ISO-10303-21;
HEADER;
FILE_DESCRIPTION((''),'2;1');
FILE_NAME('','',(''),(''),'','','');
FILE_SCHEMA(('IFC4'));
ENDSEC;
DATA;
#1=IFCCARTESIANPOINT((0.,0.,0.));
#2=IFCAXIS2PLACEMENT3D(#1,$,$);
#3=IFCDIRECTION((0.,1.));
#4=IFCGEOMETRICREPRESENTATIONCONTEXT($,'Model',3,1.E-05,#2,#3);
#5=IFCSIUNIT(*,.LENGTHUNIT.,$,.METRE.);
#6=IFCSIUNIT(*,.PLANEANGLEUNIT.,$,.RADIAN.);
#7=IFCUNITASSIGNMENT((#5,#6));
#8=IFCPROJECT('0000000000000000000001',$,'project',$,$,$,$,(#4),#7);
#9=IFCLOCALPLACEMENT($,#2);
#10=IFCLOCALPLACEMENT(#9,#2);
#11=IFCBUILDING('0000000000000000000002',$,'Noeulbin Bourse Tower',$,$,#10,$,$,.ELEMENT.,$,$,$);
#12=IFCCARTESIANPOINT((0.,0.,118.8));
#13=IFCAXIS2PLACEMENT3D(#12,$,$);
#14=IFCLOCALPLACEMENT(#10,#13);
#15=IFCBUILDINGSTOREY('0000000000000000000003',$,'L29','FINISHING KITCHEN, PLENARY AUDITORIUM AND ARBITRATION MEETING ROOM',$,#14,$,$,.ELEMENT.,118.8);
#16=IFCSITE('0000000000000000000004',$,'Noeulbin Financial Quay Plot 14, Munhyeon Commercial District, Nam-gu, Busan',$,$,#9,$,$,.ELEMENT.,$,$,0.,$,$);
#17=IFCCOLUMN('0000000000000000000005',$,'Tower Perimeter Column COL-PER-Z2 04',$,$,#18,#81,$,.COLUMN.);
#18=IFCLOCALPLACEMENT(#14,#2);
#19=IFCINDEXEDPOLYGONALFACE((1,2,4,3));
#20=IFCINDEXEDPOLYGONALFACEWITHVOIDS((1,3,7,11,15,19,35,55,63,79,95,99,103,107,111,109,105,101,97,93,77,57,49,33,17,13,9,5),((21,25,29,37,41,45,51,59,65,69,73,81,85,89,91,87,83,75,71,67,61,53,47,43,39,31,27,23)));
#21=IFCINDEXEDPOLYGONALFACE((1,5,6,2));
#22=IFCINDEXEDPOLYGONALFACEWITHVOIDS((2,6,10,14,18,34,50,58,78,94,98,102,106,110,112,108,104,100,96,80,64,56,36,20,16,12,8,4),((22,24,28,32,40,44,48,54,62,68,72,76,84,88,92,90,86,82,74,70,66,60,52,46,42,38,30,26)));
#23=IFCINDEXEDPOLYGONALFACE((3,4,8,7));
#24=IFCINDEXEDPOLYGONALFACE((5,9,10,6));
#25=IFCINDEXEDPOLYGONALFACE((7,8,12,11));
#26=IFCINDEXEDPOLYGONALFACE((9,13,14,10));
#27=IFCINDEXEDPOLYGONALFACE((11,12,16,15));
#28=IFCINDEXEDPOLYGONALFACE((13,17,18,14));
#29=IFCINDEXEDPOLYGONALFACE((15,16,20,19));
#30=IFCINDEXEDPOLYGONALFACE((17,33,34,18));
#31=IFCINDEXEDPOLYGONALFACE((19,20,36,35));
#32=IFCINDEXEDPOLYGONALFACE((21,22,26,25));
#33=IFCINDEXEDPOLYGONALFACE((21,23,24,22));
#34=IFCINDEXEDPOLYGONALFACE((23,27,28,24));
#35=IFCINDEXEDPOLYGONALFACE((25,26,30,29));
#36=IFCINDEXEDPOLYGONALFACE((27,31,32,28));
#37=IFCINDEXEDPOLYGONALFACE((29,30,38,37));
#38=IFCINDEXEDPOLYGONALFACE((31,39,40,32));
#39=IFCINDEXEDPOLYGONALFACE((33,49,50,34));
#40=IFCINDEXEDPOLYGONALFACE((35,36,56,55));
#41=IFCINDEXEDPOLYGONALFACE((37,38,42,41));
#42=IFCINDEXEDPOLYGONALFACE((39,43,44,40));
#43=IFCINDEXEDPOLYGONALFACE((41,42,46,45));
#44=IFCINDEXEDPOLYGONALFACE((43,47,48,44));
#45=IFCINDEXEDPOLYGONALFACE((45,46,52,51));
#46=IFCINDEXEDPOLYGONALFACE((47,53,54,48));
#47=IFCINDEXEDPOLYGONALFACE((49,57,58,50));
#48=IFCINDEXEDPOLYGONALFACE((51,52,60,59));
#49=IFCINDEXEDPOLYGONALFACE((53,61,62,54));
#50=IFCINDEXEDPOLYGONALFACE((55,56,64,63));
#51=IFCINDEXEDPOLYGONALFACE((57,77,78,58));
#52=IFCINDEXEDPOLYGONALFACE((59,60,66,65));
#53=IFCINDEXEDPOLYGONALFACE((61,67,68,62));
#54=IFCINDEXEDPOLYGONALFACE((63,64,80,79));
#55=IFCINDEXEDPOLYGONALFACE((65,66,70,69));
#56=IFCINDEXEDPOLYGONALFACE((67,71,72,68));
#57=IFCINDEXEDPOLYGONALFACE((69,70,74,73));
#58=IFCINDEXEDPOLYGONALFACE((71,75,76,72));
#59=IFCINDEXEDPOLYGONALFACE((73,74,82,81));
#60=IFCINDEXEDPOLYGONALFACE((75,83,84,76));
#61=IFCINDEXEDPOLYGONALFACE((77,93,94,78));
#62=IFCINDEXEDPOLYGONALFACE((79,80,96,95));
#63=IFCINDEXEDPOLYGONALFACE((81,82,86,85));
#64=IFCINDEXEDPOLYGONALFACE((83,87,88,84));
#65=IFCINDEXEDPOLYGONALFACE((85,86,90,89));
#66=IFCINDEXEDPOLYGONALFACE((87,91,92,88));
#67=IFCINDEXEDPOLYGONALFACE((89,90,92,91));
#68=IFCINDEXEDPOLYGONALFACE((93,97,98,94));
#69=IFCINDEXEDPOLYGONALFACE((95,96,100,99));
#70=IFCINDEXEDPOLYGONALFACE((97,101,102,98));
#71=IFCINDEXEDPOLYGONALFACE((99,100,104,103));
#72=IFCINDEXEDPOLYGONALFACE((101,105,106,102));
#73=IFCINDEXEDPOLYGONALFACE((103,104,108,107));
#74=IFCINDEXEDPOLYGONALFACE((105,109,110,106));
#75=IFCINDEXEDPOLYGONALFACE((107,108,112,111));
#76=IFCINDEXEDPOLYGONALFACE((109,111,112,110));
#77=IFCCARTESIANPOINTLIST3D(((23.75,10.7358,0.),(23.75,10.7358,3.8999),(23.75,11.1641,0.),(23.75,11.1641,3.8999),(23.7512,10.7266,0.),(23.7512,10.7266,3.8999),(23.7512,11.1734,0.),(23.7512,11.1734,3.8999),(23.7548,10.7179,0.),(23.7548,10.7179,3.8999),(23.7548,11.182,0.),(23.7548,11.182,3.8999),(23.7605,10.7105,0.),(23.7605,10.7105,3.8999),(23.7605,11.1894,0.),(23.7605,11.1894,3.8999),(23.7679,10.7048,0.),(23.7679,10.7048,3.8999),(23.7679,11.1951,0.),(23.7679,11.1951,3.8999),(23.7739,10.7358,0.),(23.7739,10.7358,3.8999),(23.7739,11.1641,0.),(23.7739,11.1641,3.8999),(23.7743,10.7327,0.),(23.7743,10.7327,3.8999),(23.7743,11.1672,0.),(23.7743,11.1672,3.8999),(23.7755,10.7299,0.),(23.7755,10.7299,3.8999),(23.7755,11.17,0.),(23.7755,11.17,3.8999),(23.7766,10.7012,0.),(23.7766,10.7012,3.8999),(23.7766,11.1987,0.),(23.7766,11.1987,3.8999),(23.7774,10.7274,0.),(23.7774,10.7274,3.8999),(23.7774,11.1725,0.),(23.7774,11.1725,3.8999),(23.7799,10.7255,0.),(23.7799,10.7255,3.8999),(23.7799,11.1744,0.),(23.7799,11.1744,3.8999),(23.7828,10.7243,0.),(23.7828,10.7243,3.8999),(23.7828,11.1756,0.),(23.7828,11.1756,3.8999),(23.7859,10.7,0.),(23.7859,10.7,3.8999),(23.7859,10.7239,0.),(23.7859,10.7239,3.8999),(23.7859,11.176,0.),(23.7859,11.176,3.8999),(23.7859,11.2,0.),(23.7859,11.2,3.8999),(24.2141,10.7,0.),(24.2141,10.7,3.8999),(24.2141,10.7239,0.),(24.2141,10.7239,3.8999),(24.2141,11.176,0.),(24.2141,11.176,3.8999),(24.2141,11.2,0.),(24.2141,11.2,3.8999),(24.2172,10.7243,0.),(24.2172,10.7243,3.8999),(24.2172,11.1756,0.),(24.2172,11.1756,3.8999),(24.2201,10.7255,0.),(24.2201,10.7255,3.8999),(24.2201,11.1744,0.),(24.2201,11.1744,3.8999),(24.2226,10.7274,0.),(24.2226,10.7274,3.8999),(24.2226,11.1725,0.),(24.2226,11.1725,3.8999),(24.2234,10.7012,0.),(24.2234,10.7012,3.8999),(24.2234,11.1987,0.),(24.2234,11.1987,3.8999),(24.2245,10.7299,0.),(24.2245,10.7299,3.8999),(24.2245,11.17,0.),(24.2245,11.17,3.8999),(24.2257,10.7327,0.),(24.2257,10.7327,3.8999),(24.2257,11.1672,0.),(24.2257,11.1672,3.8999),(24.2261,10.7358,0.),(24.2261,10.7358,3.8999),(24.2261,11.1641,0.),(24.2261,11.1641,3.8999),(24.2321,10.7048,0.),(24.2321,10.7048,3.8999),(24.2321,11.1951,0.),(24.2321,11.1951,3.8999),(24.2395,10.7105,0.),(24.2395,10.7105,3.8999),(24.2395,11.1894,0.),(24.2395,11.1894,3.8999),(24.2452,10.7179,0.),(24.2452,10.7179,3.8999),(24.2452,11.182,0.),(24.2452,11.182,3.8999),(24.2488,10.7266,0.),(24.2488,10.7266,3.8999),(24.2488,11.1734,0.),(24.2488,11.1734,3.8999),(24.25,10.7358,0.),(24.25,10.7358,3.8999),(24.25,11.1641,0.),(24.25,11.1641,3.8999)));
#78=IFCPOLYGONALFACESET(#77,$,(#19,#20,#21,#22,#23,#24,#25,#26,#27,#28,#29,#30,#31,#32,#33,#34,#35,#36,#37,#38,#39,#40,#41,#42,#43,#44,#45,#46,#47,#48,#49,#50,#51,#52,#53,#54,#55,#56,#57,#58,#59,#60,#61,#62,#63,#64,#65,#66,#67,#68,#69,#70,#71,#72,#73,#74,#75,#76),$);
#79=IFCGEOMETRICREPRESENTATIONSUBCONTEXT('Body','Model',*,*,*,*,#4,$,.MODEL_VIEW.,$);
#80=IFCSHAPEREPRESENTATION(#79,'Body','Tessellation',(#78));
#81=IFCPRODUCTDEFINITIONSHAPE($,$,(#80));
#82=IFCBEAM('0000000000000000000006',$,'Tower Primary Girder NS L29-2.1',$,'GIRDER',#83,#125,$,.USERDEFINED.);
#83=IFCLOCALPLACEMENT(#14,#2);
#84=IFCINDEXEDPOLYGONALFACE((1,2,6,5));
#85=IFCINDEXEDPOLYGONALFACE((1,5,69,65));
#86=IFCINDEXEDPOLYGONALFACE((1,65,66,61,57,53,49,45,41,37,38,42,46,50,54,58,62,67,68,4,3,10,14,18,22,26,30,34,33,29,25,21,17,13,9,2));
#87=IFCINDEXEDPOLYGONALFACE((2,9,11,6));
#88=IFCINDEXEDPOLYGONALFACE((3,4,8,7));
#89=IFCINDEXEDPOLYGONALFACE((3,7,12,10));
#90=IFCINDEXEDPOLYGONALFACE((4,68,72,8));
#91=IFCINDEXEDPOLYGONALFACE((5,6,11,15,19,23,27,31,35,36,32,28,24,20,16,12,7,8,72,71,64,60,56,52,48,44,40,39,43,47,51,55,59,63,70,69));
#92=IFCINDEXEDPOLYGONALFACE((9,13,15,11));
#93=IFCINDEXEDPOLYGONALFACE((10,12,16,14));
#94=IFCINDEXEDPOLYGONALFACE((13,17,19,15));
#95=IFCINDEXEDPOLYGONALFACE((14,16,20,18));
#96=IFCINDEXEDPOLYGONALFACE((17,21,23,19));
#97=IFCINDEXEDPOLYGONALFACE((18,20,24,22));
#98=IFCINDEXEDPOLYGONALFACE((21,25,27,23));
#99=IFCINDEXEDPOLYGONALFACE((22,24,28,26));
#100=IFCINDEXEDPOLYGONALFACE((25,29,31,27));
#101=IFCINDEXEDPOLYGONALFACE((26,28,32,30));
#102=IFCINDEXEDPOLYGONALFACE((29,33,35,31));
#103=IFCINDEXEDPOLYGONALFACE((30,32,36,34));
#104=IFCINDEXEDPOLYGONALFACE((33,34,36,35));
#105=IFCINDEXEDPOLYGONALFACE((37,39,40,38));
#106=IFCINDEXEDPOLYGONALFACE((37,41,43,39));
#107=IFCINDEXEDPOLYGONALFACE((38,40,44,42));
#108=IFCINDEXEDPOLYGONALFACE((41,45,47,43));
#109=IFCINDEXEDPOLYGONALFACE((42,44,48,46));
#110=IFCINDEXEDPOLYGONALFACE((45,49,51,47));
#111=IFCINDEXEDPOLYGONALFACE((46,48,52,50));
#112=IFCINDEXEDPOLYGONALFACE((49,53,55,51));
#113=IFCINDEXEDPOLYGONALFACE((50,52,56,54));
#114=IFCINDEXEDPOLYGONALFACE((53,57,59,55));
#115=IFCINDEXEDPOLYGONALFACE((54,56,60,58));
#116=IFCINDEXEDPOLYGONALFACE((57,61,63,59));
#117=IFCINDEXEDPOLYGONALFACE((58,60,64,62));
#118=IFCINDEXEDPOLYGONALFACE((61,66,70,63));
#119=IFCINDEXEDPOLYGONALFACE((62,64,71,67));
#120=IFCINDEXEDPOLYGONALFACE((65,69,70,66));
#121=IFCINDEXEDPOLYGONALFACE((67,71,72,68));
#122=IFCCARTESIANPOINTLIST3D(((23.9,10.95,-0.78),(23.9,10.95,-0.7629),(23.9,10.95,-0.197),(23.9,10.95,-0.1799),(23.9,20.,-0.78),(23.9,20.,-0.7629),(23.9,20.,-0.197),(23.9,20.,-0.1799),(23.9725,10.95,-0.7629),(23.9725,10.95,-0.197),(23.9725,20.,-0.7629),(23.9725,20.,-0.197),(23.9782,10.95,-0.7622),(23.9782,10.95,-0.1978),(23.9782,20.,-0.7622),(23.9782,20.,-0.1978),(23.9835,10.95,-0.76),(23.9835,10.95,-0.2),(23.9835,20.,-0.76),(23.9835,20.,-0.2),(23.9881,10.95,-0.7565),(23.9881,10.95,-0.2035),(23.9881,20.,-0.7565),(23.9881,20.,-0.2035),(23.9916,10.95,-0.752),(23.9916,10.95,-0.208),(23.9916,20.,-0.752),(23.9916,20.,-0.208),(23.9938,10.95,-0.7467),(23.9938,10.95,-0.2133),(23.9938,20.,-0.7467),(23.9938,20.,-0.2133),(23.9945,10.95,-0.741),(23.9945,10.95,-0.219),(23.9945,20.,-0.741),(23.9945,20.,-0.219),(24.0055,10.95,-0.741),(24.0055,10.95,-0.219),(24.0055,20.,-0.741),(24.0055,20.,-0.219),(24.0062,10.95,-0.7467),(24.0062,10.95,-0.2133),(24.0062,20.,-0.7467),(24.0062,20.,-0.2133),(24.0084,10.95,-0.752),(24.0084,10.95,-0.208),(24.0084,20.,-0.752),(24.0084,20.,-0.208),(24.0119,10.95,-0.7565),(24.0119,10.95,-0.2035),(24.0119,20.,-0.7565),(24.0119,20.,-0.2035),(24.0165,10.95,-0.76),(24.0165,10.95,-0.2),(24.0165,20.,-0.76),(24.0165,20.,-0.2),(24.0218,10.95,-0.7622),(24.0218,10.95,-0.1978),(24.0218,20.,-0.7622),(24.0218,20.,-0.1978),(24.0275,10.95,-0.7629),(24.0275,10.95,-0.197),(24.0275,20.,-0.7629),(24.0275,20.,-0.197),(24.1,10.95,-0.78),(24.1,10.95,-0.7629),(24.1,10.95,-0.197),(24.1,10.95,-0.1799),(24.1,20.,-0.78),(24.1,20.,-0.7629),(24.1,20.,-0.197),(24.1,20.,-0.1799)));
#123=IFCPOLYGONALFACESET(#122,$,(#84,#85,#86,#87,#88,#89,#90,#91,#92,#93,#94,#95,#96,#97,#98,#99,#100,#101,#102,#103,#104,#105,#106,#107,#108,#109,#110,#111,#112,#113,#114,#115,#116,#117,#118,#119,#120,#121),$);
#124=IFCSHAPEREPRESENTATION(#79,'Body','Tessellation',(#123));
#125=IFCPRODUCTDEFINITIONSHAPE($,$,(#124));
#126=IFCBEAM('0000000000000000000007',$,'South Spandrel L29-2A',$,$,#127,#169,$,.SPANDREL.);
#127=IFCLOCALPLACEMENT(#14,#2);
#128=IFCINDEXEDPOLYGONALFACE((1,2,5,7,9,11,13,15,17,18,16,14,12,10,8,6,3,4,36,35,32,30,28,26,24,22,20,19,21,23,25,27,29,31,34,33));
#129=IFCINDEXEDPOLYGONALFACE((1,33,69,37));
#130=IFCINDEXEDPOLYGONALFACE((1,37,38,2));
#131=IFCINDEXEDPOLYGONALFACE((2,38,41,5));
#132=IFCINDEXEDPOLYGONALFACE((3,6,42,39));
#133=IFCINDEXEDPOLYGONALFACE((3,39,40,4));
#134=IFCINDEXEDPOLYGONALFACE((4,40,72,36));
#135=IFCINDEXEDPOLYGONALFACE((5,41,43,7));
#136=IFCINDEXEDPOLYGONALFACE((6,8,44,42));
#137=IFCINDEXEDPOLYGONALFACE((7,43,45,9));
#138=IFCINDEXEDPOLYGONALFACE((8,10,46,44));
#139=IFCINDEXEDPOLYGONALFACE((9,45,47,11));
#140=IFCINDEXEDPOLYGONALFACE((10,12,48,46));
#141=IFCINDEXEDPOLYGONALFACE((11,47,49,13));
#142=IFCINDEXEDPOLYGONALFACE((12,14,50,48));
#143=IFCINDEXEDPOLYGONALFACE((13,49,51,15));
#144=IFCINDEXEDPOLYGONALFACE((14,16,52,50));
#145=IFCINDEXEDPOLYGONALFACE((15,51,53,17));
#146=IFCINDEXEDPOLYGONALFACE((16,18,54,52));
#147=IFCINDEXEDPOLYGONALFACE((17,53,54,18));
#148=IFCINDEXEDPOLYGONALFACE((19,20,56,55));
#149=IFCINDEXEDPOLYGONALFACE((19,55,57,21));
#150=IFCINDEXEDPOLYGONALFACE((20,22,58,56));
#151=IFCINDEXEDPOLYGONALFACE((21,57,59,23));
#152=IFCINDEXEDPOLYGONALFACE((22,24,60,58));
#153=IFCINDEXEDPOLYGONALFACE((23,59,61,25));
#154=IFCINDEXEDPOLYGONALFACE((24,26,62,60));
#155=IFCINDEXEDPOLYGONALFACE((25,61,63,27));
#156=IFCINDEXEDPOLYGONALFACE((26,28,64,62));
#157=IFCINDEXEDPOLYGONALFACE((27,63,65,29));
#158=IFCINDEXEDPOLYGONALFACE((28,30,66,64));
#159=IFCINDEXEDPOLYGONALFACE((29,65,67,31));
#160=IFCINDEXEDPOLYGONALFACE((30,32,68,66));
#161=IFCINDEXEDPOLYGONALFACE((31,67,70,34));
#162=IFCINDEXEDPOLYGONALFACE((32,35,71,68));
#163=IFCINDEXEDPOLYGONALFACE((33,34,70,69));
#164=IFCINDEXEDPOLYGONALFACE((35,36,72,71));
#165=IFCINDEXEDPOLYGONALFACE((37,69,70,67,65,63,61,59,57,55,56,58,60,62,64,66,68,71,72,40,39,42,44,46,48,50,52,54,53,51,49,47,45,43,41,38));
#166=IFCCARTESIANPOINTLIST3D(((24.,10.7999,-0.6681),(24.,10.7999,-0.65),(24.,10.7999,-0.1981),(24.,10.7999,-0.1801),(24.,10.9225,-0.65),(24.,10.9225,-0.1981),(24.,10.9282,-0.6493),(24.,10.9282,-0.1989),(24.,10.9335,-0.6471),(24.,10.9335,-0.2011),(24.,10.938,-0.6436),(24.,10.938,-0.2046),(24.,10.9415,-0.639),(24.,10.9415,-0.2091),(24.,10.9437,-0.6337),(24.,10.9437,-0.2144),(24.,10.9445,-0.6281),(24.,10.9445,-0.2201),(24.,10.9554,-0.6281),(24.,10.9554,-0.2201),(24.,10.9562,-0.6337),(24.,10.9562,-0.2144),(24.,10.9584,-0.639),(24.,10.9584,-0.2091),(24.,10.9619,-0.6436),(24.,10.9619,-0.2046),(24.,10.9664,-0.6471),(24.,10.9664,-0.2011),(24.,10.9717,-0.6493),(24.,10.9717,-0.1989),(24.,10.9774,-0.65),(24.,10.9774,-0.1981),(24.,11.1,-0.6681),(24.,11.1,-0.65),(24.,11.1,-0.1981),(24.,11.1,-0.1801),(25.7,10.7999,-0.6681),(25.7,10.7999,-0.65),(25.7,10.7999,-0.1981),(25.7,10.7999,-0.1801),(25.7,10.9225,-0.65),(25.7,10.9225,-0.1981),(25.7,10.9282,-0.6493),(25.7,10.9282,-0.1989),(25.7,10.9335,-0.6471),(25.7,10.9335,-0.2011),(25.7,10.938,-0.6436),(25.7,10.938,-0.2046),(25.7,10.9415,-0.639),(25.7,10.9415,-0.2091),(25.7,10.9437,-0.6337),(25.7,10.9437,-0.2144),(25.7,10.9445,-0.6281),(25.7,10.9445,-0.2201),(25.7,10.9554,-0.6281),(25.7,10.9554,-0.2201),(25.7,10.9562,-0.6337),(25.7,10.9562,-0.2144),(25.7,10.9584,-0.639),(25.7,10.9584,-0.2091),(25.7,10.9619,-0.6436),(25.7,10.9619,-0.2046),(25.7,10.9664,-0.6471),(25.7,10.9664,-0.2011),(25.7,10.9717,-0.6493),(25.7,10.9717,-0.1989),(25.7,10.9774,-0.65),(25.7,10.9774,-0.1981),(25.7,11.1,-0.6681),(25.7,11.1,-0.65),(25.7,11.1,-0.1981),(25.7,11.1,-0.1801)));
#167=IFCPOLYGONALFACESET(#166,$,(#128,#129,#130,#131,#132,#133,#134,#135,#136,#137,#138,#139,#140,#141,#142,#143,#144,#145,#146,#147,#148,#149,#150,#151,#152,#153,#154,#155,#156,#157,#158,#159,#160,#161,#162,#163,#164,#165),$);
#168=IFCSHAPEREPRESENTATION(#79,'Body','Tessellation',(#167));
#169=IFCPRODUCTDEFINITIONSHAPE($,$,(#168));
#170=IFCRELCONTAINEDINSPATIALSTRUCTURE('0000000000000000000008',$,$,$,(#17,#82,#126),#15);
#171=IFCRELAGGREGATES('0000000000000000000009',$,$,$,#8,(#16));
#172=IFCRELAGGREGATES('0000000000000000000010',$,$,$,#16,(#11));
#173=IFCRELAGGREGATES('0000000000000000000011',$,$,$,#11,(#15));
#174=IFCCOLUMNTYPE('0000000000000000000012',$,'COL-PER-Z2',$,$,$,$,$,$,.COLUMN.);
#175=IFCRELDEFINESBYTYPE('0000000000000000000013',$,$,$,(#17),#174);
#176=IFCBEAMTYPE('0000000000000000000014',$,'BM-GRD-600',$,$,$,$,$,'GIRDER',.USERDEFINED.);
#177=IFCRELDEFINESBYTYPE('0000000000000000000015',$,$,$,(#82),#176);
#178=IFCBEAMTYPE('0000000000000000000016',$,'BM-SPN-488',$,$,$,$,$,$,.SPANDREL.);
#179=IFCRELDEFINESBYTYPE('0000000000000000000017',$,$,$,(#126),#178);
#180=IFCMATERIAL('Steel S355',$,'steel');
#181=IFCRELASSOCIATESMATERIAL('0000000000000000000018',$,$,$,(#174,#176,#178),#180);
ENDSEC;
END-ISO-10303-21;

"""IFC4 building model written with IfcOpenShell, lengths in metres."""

from ifc_helpers import new_model, si_unit, direction, frame, origin, origin_2d, place, context, subcontext, project, spatial, hollow_rectangle, i_section, extrude, material, material_profile, profile_set, type_object, element, save


model = new_model("IFC4")

# Units and contexts
model_context = context("Model", 3, precision=1e-05, world=origin(), true_north=direction((0.0, 1.0)))
body_context = subcontext(model_context, "Body", "Model", "MODEL_VIEW")
ifc_project = project(units=[si_unit("LENGTHUNIT", "METRE"), si_unit("PLANEANGLEUNIT", "RADIAN")], contexts=[model_context])

# Site, building, storey
site_placement = place(None, origin())
site = spatial("IfcSite", under=ifc_project, at=site_placement, Name="Noeulbin Financial Quay Plot 14, Munhyeon Commercial District, Nam-gu, Busan", CompositionType="ELEMENT", RefElevation=0.0)
building_placement = place(site_placement, origin())
building = spatial("IfcBuilding", under=site, at=building_placement, Name="Noeulbin Bourse Tower", CompositionType="ELEMENT")
storey_placement = place(building_placement, frame((0.0, 0.0, 118.8)))
storey = spatial("IfcBuildingStorey", under=building, at=storey_placement, Name="L29", Description="FINISHING KITCHEN, PLENARY AUDITORIUM AND ARBITRATION MEETING ROOM", CompositionType="ELEMENT", Elevation=118.8)

# Column
ifc_material_1 = material(Name="Steel S355", Category="steel")
ifc_material_profile_1 = material_profile(ifc_material_1, hollow_rectangle(XDim=0.5, YDim=0.5, WallThickness=0.0239, InnerFilletRadius=0.012, OuterFilletRadius=0.0359, at=origin_2d()), Name="BOX-500x500x24", Category="LoadBearing")
ifc_profile_set_1 = profile_set([ifc_material_profile_1], Name="Steel S355")
column_type = type_object("IfcColumnType", Name="COL-PER-Z2", PredefinedType="COLUMN", material=ifc_profile_set_1)
column_placement = place(storey_placement, frame((24.0, 10.95, 0.0), z_axis=(0.0, 0.0, 1.0), x_axis=(1.0, 0.0, 0.0)))
element("IfcColumn", 1, at=column_placement, inside=storey, type_object=column_type, Name="Tower Perimeter Column COL-PER-Z2 04", PredefinedType="COLUMN", context=body_context, shape_type="SweptSolid", body=[
    extrude(hollow_rectangle(XDim=0.5, YDim=0.5, WallThickness=0.0239, InnerFilletRadius=0.012, OuterFilletRadius=0.0359, at=origin_2d()), origin(), (0.0, 0.0, 1.0), 3.8999),
])

# Beams
ifc_material_profile_2 = material_profile(ifc_material_1, i_section(OverallWidth=0.2, OverallDepth=0.6001, WebThickness=0.011, FlangeThickness=0.0171, FilletRadius=0.022, at=origin_2d()), Name="H-600x200x11x17", Category="LoadBearing")
ifc_profile_set_2 = profile_set([ifc_material_profile_2], Name="Steel S355")
beam_type_1 = type_object("IfcBeamType", Name="BM-GRD-600", ElementType="GIRDER", PredefinedType="USERDEFINED", material=ifc_profile_set_2)
beam_1_placement = place(storey_placement, frame((24.0, 10.95, -0.48), z_axis=(0.0, 1.0, 0.0), x_axis=(-1.0, 0.0, 0.0)))
element("IfcBeam", 2, at=beam_1_placement, inside=storey, type_object=beam_type_1, Name="Tower Primary Girder NS L29-2.1", ObjectType="GIRDER", PredefinedType="USERDEFINED", context=body_context, shape_type="SweptSolid", body=[
    extrude(i_section(OverallWidth=0.2, OverallDepth=0.6001, WebThickness=0.011, FlangeThickness=0.0171, FilletRadius=0.022, at=origin_2d()), origin(), (0.0, 0.0, 1.0), 9.05),
])
ifc_material_profile_3 = material_profile(ifc_material_1, i_section(OverallWidth=0.3, OverallDepth=0.488, WebThickness=0.011, FlangeThickness=0.0181, FilletRadius=0.022, at=origin_2d()), Name="H-488x300x11x18", Category="LoadBearing")
ifc_profile_set_3 = profile_set([ifc_material_profile_3], Name="Steel S355")
beam_type_2 = type_object("IfcBeamType", Name="BM-SPN-488", PredefinedType="SPANDREL", material=ifc_profile_set_3)
beam_2_placement = place(storey_placement, frame((24.0, 10.95, -0.4241), z_axis=(1.0, 0.0, 0.0), x_axis=(0.0, 1.0, 0.0)))
element("IfcBeam", 3, at=beam_2_placement, inside=storey, type_object=beam_type_2, Name="South Spandrel L29-2A", PredefinedType="SPANDREL", context=body_context, shape_type="SweptSolid", body=[
    extrude(i_section(OverallWidth=0.3, OverallDepth=0.488, WebThickness=0.011, FlangeThickness=0.0181, FilletRadius=0.022, at=origin_2d()), origin(), (0.0, 0.0, 1.0), 1.7),
])

save(model, "model.ifc")
